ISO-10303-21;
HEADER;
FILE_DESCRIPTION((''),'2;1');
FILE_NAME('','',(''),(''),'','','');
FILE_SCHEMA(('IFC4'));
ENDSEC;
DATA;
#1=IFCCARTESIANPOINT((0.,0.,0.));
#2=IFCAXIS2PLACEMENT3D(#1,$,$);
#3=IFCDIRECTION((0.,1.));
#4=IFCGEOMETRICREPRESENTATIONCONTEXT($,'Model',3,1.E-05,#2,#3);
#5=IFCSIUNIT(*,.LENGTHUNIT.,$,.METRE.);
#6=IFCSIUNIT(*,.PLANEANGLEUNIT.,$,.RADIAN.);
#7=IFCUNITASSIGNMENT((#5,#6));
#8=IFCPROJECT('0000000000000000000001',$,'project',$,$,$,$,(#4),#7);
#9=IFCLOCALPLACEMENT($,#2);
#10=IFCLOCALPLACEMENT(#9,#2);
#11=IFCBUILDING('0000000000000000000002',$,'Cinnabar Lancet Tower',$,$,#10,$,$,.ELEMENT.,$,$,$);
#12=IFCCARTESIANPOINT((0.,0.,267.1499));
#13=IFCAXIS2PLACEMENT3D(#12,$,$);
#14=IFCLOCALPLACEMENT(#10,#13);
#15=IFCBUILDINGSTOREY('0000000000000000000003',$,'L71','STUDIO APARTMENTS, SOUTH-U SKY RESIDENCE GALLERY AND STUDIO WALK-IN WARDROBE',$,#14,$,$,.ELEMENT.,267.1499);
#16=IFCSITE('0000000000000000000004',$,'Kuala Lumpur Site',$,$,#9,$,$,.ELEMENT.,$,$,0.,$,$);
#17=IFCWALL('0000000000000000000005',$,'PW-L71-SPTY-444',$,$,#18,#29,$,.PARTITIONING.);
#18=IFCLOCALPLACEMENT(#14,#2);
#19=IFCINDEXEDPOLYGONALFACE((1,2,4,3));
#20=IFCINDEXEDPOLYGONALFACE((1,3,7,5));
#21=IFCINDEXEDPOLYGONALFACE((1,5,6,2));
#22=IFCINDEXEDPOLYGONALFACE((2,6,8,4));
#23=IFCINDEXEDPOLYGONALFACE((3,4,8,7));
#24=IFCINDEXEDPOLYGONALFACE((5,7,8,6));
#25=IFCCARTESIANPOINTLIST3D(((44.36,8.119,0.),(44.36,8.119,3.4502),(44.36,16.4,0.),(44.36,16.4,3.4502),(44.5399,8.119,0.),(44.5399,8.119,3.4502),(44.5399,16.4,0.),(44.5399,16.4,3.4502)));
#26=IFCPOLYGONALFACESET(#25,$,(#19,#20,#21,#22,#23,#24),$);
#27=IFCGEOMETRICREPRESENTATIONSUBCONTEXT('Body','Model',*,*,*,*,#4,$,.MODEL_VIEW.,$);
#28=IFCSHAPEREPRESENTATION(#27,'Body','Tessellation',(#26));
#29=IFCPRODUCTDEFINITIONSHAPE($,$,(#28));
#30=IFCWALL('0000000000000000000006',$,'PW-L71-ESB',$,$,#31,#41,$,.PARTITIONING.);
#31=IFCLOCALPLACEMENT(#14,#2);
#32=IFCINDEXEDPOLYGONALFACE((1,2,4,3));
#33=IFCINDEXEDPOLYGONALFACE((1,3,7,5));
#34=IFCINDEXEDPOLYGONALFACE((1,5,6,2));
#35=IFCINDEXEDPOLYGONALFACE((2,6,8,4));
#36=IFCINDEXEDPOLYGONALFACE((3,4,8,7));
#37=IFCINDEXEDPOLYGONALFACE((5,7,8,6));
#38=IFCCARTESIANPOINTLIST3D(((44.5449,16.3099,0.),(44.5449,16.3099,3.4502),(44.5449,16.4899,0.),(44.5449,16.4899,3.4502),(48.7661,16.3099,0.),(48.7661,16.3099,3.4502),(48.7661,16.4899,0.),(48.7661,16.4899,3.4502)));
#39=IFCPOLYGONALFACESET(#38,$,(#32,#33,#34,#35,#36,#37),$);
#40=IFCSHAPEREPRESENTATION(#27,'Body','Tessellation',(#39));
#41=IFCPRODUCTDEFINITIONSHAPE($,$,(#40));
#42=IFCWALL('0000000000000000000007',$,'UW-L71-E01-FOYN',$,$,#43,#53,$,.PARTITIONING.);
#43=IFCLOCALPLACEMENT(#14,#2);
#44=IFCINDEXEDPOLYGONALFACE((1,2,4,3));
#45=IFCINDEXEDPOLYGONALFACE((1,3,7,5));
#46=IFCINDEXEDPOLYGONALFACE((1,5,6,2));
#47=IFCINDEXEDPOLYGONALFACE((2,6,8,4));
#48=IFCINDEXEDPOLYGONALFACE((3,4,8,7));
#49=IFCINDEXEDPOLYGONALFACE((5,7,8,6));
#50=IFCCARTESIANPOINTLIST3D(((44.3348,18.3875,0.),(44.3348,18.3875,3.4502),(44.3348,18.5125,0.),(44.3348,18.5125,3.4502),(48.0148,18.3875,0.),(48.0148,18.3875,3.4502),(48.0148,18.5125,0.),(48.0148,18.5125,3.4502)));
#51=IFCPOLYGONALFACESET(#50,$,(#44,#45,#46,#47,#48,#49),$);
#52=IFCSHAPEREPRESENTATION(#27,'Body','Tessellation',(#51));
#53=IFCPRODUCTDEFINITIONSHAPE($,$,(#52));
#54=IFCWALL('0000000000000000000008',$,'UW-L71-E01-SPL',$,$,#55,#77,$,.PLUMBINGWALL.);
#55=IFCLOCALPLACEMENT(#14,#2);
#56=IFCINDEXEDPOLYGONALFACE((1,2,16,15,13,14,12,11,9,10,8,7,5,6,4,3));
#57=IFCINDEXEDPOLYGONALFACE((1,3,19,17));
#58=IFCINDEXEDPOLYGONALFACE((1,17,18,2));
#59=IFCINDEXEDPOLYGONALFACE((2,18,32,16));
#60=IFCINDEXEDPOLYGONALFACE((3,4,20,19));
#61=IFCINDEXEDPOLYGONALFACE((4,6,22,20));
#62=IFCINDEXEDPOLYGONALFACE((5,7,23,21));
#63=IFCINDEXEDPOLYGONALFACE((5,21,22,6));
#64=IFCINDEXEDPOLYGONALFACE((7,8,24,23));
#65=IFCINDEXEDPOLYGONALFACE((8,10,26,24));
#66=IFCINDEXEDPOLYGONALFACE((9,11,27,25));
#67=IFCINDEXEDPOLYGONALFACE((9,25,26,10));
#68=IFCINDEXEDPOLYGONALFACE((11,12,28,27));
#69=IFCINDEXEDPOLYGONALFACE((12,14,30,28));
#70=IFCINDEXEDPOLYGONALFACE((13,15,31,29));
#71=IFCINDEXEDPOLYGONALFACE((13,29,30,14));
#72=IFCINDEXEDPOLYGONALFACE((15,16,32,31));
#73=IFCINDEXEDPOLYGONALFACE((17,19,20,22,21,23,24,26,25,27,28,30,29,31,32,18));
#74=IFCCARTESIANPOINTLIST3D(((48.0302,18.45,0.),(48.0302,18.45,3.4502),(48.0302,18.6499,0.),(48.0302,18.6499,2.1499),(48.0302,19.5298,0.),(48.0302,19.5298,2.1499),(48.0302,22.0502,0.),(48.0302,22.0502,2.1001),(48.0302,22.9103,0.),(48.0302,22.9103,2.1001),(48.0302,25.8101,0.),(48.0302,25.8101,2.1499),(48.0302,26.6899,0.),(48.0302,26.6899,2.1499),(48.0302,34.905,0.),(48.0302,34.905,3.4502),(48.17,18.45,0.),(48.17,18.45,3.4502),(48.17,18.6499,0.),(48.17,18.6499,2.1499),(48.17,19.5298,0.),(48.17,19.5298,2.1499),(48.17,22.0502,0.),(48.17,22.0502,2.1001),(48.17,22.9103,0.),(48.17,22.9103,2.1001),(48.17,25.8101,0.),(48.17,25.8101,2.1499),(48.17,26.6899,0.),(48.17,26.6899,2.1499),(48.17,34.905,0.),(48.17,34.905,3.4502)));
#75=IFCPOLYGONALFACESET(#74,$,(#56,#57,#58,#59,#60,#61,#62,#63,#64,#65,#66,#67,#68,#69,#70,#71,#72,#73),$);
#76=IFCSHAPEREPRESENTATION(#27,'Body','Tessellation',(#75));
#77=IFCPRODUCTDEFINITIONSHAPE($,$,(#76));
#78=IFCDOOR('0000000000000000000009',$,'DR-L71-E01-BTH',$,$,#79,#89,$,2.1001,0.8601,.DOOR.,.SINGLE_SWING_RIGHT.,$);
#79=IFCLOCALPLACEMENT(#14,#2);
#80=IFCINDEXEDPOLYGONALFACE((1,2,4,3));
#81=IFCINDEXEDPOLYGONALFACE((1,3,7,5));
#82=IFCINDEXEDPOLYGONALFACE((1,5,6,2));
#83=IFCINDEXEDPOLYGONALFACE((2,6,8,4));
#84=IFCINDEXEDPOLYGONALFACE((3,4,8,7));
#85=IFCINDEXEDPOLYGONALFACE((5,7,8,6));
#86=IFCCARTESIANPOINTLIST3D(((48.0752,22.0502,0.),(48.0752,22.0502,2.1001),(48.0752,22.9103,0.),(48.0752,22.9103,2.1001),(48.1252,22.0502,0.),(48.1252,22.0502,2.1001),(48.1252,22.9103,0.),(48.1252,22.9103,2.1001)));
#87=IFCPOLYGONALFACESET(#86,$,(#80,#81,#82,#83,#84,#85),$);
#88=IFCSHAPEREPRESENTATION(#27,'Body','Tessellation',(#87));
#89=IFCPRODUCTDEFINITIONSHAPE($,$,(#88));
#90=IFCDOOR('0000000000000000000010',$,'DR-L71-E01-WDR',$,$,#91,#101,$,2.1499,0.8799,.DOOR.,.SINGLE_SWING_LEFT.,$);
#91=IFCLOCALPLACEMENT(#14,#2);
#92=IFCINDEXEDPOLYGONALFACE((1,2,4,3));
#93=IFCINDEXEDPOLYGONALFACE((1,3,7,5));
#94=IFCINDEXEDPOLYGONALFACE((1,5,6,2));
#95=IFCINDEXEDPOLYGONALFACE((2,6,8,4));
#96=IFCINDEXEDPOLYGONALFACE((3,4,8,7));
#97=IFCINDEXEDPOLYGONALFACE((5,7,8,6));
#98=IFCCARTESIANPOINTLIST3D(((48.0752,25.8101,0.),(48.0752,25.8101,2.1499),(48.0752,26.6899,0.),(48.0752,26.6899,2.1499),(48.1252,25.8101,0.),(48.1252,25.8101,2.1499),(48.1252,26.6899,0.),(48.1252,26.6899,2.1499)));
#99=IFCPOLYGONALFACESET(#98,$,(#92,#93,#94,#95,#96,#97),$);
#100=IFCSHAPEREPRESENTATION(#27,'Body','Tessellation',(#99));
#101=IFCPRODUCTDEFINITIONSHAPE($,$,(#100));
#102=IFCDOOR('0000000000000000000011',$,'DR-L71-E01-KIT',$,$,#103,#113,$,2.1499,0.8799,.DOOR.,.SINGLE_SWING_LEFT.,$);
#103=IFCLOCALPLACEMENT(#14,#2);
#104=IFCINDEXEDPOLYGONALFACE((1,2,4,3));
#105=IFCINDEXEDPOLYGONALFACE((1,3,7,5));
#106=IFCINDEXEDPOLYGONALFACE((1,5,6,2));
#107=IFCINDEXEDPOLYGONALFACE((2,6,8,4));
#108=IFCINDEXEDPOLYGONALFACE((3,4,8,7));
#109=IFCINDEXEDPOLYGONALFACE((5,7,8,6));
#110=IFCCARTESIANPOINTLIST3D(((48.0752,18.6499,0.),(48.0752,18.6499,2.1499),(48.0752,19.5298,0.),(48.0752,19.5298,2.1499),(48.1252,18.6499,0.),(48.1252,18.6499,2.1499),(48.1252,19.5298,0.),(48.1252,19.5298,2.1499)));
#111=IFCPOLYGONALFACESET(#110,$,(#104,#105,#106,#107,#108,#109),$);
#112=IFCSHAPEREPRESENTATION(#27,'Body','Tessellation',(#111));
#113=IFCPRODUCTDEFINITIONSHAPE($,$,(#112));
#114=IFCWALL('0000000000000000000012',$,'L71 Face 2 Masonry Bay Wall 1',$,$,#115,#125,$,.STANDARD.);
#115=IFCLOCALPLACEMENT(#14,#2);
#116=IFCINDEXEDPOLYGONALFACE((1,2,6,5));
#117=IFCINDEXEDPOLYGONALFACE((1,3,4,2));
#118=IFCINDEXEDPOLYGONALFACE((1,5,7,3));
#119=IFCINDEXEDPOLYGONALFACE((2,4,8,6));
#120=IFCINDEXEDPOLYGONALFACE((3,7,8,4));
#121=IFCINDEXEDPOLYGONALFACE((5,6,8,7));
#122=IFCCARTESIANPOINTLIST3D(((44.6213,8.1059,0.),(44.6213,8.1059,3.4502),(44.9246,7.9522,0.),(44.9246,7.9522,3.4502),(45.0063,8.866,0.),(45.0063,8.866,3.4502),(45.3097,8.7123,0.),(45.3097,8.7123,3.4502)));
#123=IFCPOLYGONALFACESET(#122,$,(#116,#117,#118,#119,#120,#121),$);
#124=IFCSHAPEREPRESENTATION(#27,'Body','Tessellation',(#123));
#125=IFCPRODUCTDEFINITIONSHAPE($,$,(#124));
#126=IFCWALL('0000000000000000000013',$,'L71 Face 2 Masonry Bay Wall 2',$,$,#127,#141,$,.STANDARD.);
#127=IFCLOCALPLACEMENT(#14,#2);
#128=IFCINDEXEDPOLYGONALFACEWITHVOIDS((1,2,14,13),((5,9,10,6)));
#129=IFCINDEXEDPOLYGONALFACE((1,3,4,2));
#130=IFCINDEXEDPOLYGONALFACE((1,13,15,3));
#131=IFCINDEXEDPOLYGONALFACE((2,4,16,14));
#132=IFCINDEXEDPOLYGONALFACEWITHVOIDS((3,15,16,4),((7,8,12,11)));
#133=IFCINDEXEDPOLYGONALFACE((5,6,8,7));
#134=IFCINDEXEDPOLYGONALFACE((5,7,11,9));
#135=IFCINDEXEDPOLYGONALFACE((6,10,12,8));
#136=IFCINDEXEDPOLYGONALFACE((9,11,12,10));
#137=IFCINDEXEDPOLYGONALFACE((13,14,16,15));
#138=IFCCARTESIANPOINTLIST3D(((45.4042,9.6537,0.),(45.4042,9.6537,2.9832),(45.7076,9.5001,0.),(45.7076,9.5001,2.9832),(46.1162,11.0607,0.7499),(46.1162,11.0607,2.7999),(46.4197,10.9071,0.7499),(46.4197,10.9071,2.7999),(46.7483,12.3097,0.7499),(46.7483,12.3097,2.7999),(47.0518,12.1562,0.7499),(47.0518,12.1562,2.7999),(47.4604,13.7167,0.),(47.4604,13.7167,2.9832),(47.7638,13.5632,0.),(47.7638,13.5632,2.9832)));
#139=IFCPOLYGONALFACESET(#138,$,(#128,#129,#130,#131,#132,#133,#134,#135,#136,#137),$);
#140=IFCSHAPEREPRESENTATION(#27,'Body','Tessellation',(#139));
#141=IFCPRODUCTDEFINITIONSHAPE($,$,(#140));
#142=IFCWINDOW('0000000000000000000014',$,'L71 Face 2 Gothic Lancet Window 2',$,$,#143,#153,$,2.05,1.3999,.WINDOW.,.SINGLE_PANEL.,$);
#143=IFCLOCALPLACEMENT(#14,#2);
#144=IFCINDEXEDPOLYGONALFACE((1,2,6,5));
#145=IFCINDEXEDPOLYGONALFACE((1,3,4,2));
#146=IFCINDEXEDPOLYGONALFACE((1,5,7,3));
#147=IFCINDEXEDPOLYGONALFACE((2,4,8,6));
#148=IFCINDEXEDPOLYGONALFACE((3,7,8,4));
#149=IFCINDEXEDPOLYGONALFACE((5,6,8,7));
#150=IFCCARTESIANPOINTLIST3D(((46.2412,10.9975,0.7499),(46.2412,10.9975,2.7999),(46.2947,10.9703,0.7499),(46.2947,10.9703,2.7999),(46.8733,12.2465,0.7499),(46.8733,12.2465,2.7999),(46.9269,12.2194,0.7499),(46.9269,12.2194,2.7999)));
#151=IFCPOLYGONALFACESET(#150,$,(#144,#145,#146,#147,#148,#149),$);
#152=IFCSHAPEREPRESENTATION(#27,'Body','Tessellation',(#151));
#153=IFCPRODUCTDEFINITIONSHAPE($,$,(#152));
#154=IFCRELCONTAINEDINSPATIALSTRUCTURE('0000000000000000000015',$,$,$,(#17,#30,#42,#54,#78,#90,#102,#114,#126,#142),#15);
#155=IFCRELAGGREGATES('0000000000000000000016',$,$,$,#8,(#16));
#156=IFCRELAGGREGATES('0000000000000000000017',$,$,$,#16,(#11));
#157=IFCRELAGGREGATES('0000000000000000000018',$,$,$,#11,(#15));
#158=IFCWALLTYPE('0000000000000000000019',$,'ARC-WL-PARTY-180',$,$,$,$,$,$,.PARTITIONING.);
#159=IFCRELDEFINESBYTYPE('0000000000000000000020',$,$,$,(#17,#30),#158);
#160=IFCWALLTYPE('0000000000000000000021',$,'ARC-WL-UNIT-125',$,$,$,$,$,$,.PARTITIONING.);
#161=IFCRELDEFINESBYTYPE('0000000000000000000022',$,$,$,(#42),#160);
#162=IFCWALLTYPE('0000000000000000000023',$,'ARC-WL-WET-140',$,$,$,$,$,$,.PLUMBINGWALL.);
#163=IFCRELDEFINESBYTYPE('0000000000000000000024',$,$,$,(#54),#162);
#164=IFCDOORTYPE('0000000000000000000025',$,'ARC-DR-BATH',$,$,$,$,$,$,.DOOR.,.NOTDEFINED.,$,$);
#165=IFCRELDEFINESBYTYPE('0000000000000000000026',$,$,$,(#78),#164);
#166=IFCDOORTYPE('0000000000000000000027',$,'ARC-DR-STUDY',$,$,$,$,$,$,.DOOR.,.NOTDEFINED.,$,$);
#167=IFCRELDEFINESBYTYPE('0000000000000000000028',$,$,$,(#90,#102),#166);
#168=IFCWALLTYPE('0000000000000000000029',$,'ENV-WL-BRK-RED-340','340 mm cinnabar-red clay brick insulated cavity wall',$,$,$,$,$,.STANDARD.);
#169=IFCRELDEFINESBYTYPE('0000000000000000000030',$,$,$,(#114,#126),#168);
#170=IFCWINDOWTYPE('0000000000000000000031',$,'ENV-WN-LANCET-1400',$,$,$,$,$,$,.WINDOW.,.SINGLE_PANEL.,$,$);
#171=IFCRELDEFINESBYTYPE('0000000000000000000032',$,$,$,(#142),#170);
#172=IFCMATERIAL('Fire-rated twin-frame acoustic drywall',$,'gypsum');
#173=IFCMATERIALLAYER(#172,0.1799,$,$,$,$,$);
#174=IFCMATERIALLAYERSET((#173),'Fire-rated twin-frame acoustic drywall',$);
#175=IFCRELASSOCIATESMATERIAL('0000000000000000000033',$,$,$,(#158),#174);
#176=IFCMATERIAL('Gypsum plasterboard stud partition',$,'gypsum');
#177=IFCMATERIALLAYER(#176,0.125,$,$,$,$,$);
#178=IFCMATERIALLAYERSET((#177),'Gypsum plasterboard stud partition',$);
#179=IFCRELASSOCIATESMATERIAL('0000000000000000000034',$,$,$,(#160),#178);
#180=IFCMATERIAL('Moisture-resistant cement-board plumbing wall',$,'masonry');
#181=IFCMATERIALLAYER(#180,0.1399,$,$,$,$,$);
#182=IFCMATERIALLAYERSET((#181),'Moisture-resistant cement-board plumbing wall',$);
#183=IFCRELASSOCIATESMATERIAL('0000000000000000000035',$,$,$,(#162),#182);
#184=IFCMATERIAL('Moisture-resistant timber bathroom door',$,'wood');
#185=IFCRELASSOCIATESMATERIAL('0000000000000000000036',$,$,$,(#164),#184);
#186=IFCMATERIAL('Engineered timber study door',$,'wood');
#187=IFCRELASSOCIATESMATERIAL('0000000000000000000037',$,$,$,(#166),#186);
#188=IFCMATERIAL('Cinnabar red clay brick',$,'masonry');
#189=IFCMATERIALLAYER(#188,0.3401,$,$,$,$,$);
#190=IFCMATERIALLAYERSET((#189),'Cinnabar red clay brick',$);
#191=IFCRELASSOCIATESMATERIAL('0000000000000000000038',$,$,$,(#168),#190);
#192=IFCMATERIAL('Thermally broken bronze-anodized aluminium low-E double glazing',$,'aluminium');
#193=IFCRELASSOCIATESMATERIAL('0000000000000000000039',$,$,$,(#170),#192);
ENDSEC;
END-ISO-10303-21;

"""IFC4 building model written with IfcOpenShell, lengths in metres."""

from ifc_helpers import new_model, si_unit, direction, frame, frame_2d, origin, place, context, subcontext, project, spatial, rectangle, extrude, material, layer, layer_set, type_object, element, fill, save


model = new_model("IFC4")

# Units and contexts
model_context = context("Model", 3, precision=1e-05, world=origin(), true_north=direction((0.0, 1.0)))
body_context = subcontext(model_context, "Body", "Model", "MODEL_VIEW")
ifc_project = project(units=[si_unit("LENGTHUNIT", "METRE"), si_unit("PLANEANGLEUNIT", "RADIAN")], contexts=[model_context])

# Site, building, storey
site_placement = place(None, origin())
site = spatial("IfcSite", under=ifc_project, at=site_placement, Name="Kuala Lumpur Site", CompositionType="ELEMENT", RefElevation=0.0)
building_placement = place(site_placement, origin())
building = spatial("IfcBuilding", under=site, at=building_placement, Name="Cinnabar Lancet Tower", CompositionType="ELEMENT")
storey_placement = place(building_placement, frame((0.0, 0.0, 267.1499)))
storey = spatial("IfcBuildingStorey", under=building, at=storey_placement, Name="L71", Description="STUDIO APARTMENTS, SOUTH-U SKY RESIDENCE GALLERY AND STUDIO WALK-IN WARDROBE", CompositionType="ELEMENT", Elevation=267.1499)

# Walls
ifc_material_1 = material(Name="Fire-rated twin-frame acoustic drywall", Category="gypsum")
ifc_layer_1 = layer(ifc_material_1, 0.1799)
ifc_layer_set_1 = layer_set([ifc_layer_1], Name="Fire-rated twin-frame acoustic drywall")
wall_type_1 = type_object("IfcWallType", Name="ARC-WL-PARTY-180", PredefinedType="PARTITIONING", material=ifc_layer_set_1)
wall_1_placement = place(storey_placement, frame((44.45, 8.1189, 0.0), z_axis=(0.0, 0.0, 1.0), x_axis=(0.0, 1.0, 0.0)))
element("IfcWall", 1, at=wall_1_placement, inside=storey, type_object=wall_type_1, Name="PW-L71-SPTY-444", PredefinedType="PARTITIONING", context=body_context, shape_type="SweptSolid", body=[
    extrude(rectangle(XDim=8.281, YDim=0.1799, at=frame_2d((4.1406, 0.0))), origin(), (0.0, 0.0, 1.0), 3.4502),
])
wall_2_placement = place(storey_placement, frame((44.5449, 16.3999, 0.0), z_axis=(0.0, 0.0, 1.0), x_axis=(1.0, 0.0, 0.0)))
element("IfcWall", 2, at=wall_2_placement, inside=storey, type_object=wall_type_1, Name="PW-L71-ESB", PredefinedType="PARTITIONING", context=body_context, shape_type="SweptSolid", body=[
    extrude(rectangle(XDim=4.2212, YDim=0.1799, at=frame_2d((2.1106, 0.0))), origin(), (0.0, 0.0, 1.0), 3.4502),
])
ifc_material_2 = material(Name="Gypsum plasterboard stud partition", Category="gypsum")
ifc_layer_2 = layer(ifc_material_2, 0.125)
ifc_layer_set_2 = layer_set([ifc_layer_2], Name="Gypsum plasterboard stud partition")
wall_type_2 = type_object("IfcWallType", Name="ARC-WL-UNIT-125", PredefinedType="PARTITIONING", material=ifc_layer_set_2)
wall_3_placement = place(storey_placement, frame((44.335, 18.45, 0.0), z_axis=(0.0, 0.0, 1.0), x_axis=(1.0, 0.0, 0.0)))
element("IfcWall", 3, at=wall_3_placement, inside=storey, type_object=wall_type_2, Name="UW-L71-E01-FOYN", PredefinedType="PARTITIONING", context=body_context, shape_type="SweptSolid", body=[
    extrude(rectangle(XDim=3.6799, YDim=0.125, at=frame_2d((1.8398, 0.0))), origin(), (0.0, 0.0, 1.0), 3.4502),
])

# Wall, openings, doors
ifc_material_3 = material(Name="Moisture-resistant cement-board plumbing wall", Category="masonry")
ifc_layer_3 = layer(ifc_material_3, 0.1399)
ifc_layer_set_3 = layer_set([ifc_layer_3], Name="Moisture-resistant cement-board plumbing wall")
wall_type_3 = type_object("IfcWallType", Name="ARC-WL-WET-140", PredefinedType="PLUMBINGWALL", material=ifc_layer_set_3)
wall_4_placement = place(storey_placement, frame((48.1001, 18.45, 0.0), z_axis=(0.0, 0.0, 1.0), x_axis=(0.0, 1.0, 0.0)))
wall_4 = element("IfcWall", 4, at=wall_4_placement, inside=storey, type_object=wall_type_3, Name="UW-L71-E01-SPL", PredefinedType="PLUMBINGWALL", context=body_context, shape_type="SweptSolid", body=[
    extrude(rectangle(XDim=16.4551, YDim=0.1399, at=frame_2d((8.2275, 0.0))), origin(), (0.0, 0.0, 1.0), 3.4502),
])
opening_1_placement = place(wall_4_placement, frame((3.6001, 0.0, 0.0)))
opening_1 = element("IfcOpeningElement", 5, at=opening_1_placement, cuts=wall_4, PredefinedType="OPENING", context=body_context, shape_type="SweptSolid", body=[
    extrude(rectangle(XDim=0.8601, YDim=2.1001, at=frame_2d((0.4302, 1.05))), frame((0.0, 0.0798, 0.0), z_axis=(0.0, -1.0, 0.0), x_axis=(1.0, 0.0, 0.0)), (0.0, 0.0, 1.0), 0.1599),
])
opening_2_placement = place(wall_4_placement, frame((7.3601, 0.0, 0.0)))
opening_2 = element("IfcOpeningElement", 6, at=opening_2_placement, cuts=wall_4, PredefinedType="OPENING", context=body_context, shape_type="SweptSolid", body=[
    extrude(rectangle(XDim=0.8799, YDim=2.1499, at=frame_2d((0.4399, 1.075))), frame((0.0, 0.0798, 0.0), z_axis=(0.0, -1.0, 0.0), x_axis=(1.0, 0.0, 0.0)), (0.0, 0.0, 1.0), 0.1599),
])
opening_3_placement = place(wall_4_placement, frame((0.2, 0.0, 0.0)))
opening_3 = element("IfcOpeningElement", 7, at=opening_3_placement, cuts=wall_4, PredefinedType="OPENING", context=body_context, shape_type="SweptSolid", body=[
    extrude(rectangle(XDim=0.8799, YDim=2.1499, at=frame_2d((0.4399, 1.075))), frame((0.0, 0.0798, 0.0), z_axis=(0.0, -1.0, 0.0), x_axis=(1.0, 0.0, 0.0)), (0.0, 0.0, 1.0), 0.1599),
])
ifc_material_4 = material(Name="Moisture-resistant timber bathroom door", Category="wood")
door_type_1 = type_object("IfcDoorType", Name="ARC-DR-BATH", OperationType="NOTDEFINED", PredefinedType="DOOR", material=ifc_material_4)
door_1_placement = place(opening_1_placement, origin())
door_1 = element("IfcDoor", 8, at=door_1_placement, inside=storey, type_object=door_type_1, Name="DR-L71-E01-BTH", OperationType="SINGLE_SWING_RIGHT", OverallHeight=2.1001, OverallWidth=0.8601, PredefinedType="DOOR", context=body_context, shape_type="SweptSolid", body=[
    extrude(rectangle(XDim=0.8601, YDim=2.1001, at=frame_2d((0.4302, 1.05))), frame((0.0, 0.0249, 0.0), z_axis=(0.0, -1.0, 0.0), x_axis=(1.0, 0.0, 0.0)), (0.0, 0.0, 1.0), 0.05),
])
fill(opening_1, door_1)
ifc_material_5 = material(Name="Engineered timber study door", Category="wood")
door_type_2 = type_object("IfcDoorType", Name="ARC-DR-STUDY", OperationType="NOTDEFINED", PredefinedType="DOOR", material=ifc_material_5)
door_2_placement = place(opening_2_placement, origin())
door_2 = element("IfcDoor", 9, at=door_2_placement, inside=storey, type_object=door_type_2, Name="DR-L71-E01-WDR", OperationType="SINGLE_SWING_LEFT", OverallHeight=2.1499, OverallWidth=0.8799, PredefinedType="DOOR", context=body_context, shape_type="SweptSolid", body=[
    extrude(rectangle(XDim=0.8799, YDim=2.1499, at=frame_2d((0.4399, 1.075))), frame((0.0, 0.0249, 0.0), z_axis=(0.0, -1.0, 0.0), x_axis=(1.0, 0.0, 0.0)), (0.0, 0.0, 1.0), 0.05),
])
fill(opening_2, door_2)
door_3_placement = place(opening_3_placement, origin())
door_3 = element("IfcDoor", 10, at=door_3_placement, inside=storey, type_object=door_type_2, Name="DR-L71-E01-KIT", OperationType="SINGLE_SWING_LEFT", OverallHeight=2.1499, OverallWidth=0.8799, PredefinedType="DOOR", context=body_context, shape_type="SweptSolid", body=[
    extrude(rectangle(XDim=0.8799, YDim=2.1499, at=frame_2d((0.4399, 1.075))), frame((0.0, 0.0249, 0.0), z_axis=(0.0, -1.0, 0.0), x_axis=(1.0, 0.0, 0.0)), (0.0, 0.0, 1.0), 0.05),
])
fill(opening_3, door_3)

# Wall
ifc_material_6 = material(Name="Cinnabar red clay brick", Category="masonry")
ifc_layer_4 = layer(ifc_material_6, 0.3401)
ifc_layer_set_4 = layer_set([ifc_layer_4], Name="Cinnabar red clay brick")
wall_type_4 = type_object("IfcWallType", Name="ENV-WL-BRK-RED-340", Description="340 mm cinnabar-red clay brick insulated cavity wall", PredefinedType="STANDARD", material=ifc_layer_set_4)
wall_5_placement = place(storey_placement, frame((44.7729, 8.0291, 0.0), z_axis=(0.0, 0.0, 1.0), x_axis=(0.451907, 0.892065, 0.0)))
element("IfcWall", 11, at=wall_5_placement, inside=storey, type_object=wall_type_4, Name="L71 Face 2 Masonry Bay Wall 1", PredefinedType="STANDARD", context=body_context, shape_type="SweptSolid", body=[
    extrude(rectangle(XDim=0.8521, YDim=0.3401, at=frame_2d((0.426, 0.0))), origin(), (0.0, 0.0, 1.0), 3.4502),
])

# Wall, opening, window
wall_6_placement = place(storey_placement, frame((45.5559, 9.5769, 0.0), z_axis=(0.0, 0.0, 1.0), x_axis=(0.45154, 0.892251, 0.0)))
wall_6 = element("IfcWall", 12, at=wall_6_placement, inside=storey, type_object=wall_type_4, Name="L71 Face 2 Masonry Bay Wall 2", PredefinedType="STANDARD", context=body_context, shape_type="SweptSolid", body=[
    extrude(rectangle(XDim=4.5537, YDim=0.3401, at=frame_2d((2.2769, 0.0))), origin(), (0.0, 0.0, 1.0), 2.9832),
])
opening_4_placement = place(wall_6_placement, frame((1.5769, 0.0, 0.75)))
opening_4 = element("IfcOpeningElement", 13, at=opening_4_placement, cuts=wall_6, PredefinedType="OPENING", context=body_context, shape_type="SweptSolid", body=[
    extrude(rectangle(XDim=1.3999, YDim=2.05, at=frame_2d((0.7, 1.0249))), frame((0.0, 0.1799, 0.0), z_axis=(0.0, -1.0, 0.0), x_axis=(1.0, 0.0, 0.0)), (0.0, 0.0, 1.0), 0.3601),
])
ifc_material_7 = material(Name="Thermally broken bronze-anodized aluminium low-E double glazing", Category="aluminium")
window_type_1 = type_object("IfcWindowType", Name="ENV-WN-LANCET-1400", PartitioningType="SINGLE_PANEL", PredefinedType="WINDOW", material=ifc_material_7)
window_1_placement = place(opening_4_placement, origin())
window_1 = element("IfcWindow", 14, at=window_1_placement, inside=storey, type_object=window_type_1, Name="L71 Face 2 Gothic Lancet Window 2", OverallHeight=2.05, OverallWidth=1.3999, PartitioningType="SINGLE_PANEL", PredefinedType="WINDOW", context=body_context, shape_type="SweptSolid", body=[
    extrude(rectangle(XDim=1.3999, YDim=2.05, at=frame_2d((0.7, 1.0249))), frame((0.0, 0.03, 0.0), z_axis=(0.0, -1.0, 0.0), x_axis=(1.0, 0.0, 0.0)), (0.0, 0.0, 1.0), 0.0601),
])
fill(opening_4, window_1)

save(model, "model.ifc")
